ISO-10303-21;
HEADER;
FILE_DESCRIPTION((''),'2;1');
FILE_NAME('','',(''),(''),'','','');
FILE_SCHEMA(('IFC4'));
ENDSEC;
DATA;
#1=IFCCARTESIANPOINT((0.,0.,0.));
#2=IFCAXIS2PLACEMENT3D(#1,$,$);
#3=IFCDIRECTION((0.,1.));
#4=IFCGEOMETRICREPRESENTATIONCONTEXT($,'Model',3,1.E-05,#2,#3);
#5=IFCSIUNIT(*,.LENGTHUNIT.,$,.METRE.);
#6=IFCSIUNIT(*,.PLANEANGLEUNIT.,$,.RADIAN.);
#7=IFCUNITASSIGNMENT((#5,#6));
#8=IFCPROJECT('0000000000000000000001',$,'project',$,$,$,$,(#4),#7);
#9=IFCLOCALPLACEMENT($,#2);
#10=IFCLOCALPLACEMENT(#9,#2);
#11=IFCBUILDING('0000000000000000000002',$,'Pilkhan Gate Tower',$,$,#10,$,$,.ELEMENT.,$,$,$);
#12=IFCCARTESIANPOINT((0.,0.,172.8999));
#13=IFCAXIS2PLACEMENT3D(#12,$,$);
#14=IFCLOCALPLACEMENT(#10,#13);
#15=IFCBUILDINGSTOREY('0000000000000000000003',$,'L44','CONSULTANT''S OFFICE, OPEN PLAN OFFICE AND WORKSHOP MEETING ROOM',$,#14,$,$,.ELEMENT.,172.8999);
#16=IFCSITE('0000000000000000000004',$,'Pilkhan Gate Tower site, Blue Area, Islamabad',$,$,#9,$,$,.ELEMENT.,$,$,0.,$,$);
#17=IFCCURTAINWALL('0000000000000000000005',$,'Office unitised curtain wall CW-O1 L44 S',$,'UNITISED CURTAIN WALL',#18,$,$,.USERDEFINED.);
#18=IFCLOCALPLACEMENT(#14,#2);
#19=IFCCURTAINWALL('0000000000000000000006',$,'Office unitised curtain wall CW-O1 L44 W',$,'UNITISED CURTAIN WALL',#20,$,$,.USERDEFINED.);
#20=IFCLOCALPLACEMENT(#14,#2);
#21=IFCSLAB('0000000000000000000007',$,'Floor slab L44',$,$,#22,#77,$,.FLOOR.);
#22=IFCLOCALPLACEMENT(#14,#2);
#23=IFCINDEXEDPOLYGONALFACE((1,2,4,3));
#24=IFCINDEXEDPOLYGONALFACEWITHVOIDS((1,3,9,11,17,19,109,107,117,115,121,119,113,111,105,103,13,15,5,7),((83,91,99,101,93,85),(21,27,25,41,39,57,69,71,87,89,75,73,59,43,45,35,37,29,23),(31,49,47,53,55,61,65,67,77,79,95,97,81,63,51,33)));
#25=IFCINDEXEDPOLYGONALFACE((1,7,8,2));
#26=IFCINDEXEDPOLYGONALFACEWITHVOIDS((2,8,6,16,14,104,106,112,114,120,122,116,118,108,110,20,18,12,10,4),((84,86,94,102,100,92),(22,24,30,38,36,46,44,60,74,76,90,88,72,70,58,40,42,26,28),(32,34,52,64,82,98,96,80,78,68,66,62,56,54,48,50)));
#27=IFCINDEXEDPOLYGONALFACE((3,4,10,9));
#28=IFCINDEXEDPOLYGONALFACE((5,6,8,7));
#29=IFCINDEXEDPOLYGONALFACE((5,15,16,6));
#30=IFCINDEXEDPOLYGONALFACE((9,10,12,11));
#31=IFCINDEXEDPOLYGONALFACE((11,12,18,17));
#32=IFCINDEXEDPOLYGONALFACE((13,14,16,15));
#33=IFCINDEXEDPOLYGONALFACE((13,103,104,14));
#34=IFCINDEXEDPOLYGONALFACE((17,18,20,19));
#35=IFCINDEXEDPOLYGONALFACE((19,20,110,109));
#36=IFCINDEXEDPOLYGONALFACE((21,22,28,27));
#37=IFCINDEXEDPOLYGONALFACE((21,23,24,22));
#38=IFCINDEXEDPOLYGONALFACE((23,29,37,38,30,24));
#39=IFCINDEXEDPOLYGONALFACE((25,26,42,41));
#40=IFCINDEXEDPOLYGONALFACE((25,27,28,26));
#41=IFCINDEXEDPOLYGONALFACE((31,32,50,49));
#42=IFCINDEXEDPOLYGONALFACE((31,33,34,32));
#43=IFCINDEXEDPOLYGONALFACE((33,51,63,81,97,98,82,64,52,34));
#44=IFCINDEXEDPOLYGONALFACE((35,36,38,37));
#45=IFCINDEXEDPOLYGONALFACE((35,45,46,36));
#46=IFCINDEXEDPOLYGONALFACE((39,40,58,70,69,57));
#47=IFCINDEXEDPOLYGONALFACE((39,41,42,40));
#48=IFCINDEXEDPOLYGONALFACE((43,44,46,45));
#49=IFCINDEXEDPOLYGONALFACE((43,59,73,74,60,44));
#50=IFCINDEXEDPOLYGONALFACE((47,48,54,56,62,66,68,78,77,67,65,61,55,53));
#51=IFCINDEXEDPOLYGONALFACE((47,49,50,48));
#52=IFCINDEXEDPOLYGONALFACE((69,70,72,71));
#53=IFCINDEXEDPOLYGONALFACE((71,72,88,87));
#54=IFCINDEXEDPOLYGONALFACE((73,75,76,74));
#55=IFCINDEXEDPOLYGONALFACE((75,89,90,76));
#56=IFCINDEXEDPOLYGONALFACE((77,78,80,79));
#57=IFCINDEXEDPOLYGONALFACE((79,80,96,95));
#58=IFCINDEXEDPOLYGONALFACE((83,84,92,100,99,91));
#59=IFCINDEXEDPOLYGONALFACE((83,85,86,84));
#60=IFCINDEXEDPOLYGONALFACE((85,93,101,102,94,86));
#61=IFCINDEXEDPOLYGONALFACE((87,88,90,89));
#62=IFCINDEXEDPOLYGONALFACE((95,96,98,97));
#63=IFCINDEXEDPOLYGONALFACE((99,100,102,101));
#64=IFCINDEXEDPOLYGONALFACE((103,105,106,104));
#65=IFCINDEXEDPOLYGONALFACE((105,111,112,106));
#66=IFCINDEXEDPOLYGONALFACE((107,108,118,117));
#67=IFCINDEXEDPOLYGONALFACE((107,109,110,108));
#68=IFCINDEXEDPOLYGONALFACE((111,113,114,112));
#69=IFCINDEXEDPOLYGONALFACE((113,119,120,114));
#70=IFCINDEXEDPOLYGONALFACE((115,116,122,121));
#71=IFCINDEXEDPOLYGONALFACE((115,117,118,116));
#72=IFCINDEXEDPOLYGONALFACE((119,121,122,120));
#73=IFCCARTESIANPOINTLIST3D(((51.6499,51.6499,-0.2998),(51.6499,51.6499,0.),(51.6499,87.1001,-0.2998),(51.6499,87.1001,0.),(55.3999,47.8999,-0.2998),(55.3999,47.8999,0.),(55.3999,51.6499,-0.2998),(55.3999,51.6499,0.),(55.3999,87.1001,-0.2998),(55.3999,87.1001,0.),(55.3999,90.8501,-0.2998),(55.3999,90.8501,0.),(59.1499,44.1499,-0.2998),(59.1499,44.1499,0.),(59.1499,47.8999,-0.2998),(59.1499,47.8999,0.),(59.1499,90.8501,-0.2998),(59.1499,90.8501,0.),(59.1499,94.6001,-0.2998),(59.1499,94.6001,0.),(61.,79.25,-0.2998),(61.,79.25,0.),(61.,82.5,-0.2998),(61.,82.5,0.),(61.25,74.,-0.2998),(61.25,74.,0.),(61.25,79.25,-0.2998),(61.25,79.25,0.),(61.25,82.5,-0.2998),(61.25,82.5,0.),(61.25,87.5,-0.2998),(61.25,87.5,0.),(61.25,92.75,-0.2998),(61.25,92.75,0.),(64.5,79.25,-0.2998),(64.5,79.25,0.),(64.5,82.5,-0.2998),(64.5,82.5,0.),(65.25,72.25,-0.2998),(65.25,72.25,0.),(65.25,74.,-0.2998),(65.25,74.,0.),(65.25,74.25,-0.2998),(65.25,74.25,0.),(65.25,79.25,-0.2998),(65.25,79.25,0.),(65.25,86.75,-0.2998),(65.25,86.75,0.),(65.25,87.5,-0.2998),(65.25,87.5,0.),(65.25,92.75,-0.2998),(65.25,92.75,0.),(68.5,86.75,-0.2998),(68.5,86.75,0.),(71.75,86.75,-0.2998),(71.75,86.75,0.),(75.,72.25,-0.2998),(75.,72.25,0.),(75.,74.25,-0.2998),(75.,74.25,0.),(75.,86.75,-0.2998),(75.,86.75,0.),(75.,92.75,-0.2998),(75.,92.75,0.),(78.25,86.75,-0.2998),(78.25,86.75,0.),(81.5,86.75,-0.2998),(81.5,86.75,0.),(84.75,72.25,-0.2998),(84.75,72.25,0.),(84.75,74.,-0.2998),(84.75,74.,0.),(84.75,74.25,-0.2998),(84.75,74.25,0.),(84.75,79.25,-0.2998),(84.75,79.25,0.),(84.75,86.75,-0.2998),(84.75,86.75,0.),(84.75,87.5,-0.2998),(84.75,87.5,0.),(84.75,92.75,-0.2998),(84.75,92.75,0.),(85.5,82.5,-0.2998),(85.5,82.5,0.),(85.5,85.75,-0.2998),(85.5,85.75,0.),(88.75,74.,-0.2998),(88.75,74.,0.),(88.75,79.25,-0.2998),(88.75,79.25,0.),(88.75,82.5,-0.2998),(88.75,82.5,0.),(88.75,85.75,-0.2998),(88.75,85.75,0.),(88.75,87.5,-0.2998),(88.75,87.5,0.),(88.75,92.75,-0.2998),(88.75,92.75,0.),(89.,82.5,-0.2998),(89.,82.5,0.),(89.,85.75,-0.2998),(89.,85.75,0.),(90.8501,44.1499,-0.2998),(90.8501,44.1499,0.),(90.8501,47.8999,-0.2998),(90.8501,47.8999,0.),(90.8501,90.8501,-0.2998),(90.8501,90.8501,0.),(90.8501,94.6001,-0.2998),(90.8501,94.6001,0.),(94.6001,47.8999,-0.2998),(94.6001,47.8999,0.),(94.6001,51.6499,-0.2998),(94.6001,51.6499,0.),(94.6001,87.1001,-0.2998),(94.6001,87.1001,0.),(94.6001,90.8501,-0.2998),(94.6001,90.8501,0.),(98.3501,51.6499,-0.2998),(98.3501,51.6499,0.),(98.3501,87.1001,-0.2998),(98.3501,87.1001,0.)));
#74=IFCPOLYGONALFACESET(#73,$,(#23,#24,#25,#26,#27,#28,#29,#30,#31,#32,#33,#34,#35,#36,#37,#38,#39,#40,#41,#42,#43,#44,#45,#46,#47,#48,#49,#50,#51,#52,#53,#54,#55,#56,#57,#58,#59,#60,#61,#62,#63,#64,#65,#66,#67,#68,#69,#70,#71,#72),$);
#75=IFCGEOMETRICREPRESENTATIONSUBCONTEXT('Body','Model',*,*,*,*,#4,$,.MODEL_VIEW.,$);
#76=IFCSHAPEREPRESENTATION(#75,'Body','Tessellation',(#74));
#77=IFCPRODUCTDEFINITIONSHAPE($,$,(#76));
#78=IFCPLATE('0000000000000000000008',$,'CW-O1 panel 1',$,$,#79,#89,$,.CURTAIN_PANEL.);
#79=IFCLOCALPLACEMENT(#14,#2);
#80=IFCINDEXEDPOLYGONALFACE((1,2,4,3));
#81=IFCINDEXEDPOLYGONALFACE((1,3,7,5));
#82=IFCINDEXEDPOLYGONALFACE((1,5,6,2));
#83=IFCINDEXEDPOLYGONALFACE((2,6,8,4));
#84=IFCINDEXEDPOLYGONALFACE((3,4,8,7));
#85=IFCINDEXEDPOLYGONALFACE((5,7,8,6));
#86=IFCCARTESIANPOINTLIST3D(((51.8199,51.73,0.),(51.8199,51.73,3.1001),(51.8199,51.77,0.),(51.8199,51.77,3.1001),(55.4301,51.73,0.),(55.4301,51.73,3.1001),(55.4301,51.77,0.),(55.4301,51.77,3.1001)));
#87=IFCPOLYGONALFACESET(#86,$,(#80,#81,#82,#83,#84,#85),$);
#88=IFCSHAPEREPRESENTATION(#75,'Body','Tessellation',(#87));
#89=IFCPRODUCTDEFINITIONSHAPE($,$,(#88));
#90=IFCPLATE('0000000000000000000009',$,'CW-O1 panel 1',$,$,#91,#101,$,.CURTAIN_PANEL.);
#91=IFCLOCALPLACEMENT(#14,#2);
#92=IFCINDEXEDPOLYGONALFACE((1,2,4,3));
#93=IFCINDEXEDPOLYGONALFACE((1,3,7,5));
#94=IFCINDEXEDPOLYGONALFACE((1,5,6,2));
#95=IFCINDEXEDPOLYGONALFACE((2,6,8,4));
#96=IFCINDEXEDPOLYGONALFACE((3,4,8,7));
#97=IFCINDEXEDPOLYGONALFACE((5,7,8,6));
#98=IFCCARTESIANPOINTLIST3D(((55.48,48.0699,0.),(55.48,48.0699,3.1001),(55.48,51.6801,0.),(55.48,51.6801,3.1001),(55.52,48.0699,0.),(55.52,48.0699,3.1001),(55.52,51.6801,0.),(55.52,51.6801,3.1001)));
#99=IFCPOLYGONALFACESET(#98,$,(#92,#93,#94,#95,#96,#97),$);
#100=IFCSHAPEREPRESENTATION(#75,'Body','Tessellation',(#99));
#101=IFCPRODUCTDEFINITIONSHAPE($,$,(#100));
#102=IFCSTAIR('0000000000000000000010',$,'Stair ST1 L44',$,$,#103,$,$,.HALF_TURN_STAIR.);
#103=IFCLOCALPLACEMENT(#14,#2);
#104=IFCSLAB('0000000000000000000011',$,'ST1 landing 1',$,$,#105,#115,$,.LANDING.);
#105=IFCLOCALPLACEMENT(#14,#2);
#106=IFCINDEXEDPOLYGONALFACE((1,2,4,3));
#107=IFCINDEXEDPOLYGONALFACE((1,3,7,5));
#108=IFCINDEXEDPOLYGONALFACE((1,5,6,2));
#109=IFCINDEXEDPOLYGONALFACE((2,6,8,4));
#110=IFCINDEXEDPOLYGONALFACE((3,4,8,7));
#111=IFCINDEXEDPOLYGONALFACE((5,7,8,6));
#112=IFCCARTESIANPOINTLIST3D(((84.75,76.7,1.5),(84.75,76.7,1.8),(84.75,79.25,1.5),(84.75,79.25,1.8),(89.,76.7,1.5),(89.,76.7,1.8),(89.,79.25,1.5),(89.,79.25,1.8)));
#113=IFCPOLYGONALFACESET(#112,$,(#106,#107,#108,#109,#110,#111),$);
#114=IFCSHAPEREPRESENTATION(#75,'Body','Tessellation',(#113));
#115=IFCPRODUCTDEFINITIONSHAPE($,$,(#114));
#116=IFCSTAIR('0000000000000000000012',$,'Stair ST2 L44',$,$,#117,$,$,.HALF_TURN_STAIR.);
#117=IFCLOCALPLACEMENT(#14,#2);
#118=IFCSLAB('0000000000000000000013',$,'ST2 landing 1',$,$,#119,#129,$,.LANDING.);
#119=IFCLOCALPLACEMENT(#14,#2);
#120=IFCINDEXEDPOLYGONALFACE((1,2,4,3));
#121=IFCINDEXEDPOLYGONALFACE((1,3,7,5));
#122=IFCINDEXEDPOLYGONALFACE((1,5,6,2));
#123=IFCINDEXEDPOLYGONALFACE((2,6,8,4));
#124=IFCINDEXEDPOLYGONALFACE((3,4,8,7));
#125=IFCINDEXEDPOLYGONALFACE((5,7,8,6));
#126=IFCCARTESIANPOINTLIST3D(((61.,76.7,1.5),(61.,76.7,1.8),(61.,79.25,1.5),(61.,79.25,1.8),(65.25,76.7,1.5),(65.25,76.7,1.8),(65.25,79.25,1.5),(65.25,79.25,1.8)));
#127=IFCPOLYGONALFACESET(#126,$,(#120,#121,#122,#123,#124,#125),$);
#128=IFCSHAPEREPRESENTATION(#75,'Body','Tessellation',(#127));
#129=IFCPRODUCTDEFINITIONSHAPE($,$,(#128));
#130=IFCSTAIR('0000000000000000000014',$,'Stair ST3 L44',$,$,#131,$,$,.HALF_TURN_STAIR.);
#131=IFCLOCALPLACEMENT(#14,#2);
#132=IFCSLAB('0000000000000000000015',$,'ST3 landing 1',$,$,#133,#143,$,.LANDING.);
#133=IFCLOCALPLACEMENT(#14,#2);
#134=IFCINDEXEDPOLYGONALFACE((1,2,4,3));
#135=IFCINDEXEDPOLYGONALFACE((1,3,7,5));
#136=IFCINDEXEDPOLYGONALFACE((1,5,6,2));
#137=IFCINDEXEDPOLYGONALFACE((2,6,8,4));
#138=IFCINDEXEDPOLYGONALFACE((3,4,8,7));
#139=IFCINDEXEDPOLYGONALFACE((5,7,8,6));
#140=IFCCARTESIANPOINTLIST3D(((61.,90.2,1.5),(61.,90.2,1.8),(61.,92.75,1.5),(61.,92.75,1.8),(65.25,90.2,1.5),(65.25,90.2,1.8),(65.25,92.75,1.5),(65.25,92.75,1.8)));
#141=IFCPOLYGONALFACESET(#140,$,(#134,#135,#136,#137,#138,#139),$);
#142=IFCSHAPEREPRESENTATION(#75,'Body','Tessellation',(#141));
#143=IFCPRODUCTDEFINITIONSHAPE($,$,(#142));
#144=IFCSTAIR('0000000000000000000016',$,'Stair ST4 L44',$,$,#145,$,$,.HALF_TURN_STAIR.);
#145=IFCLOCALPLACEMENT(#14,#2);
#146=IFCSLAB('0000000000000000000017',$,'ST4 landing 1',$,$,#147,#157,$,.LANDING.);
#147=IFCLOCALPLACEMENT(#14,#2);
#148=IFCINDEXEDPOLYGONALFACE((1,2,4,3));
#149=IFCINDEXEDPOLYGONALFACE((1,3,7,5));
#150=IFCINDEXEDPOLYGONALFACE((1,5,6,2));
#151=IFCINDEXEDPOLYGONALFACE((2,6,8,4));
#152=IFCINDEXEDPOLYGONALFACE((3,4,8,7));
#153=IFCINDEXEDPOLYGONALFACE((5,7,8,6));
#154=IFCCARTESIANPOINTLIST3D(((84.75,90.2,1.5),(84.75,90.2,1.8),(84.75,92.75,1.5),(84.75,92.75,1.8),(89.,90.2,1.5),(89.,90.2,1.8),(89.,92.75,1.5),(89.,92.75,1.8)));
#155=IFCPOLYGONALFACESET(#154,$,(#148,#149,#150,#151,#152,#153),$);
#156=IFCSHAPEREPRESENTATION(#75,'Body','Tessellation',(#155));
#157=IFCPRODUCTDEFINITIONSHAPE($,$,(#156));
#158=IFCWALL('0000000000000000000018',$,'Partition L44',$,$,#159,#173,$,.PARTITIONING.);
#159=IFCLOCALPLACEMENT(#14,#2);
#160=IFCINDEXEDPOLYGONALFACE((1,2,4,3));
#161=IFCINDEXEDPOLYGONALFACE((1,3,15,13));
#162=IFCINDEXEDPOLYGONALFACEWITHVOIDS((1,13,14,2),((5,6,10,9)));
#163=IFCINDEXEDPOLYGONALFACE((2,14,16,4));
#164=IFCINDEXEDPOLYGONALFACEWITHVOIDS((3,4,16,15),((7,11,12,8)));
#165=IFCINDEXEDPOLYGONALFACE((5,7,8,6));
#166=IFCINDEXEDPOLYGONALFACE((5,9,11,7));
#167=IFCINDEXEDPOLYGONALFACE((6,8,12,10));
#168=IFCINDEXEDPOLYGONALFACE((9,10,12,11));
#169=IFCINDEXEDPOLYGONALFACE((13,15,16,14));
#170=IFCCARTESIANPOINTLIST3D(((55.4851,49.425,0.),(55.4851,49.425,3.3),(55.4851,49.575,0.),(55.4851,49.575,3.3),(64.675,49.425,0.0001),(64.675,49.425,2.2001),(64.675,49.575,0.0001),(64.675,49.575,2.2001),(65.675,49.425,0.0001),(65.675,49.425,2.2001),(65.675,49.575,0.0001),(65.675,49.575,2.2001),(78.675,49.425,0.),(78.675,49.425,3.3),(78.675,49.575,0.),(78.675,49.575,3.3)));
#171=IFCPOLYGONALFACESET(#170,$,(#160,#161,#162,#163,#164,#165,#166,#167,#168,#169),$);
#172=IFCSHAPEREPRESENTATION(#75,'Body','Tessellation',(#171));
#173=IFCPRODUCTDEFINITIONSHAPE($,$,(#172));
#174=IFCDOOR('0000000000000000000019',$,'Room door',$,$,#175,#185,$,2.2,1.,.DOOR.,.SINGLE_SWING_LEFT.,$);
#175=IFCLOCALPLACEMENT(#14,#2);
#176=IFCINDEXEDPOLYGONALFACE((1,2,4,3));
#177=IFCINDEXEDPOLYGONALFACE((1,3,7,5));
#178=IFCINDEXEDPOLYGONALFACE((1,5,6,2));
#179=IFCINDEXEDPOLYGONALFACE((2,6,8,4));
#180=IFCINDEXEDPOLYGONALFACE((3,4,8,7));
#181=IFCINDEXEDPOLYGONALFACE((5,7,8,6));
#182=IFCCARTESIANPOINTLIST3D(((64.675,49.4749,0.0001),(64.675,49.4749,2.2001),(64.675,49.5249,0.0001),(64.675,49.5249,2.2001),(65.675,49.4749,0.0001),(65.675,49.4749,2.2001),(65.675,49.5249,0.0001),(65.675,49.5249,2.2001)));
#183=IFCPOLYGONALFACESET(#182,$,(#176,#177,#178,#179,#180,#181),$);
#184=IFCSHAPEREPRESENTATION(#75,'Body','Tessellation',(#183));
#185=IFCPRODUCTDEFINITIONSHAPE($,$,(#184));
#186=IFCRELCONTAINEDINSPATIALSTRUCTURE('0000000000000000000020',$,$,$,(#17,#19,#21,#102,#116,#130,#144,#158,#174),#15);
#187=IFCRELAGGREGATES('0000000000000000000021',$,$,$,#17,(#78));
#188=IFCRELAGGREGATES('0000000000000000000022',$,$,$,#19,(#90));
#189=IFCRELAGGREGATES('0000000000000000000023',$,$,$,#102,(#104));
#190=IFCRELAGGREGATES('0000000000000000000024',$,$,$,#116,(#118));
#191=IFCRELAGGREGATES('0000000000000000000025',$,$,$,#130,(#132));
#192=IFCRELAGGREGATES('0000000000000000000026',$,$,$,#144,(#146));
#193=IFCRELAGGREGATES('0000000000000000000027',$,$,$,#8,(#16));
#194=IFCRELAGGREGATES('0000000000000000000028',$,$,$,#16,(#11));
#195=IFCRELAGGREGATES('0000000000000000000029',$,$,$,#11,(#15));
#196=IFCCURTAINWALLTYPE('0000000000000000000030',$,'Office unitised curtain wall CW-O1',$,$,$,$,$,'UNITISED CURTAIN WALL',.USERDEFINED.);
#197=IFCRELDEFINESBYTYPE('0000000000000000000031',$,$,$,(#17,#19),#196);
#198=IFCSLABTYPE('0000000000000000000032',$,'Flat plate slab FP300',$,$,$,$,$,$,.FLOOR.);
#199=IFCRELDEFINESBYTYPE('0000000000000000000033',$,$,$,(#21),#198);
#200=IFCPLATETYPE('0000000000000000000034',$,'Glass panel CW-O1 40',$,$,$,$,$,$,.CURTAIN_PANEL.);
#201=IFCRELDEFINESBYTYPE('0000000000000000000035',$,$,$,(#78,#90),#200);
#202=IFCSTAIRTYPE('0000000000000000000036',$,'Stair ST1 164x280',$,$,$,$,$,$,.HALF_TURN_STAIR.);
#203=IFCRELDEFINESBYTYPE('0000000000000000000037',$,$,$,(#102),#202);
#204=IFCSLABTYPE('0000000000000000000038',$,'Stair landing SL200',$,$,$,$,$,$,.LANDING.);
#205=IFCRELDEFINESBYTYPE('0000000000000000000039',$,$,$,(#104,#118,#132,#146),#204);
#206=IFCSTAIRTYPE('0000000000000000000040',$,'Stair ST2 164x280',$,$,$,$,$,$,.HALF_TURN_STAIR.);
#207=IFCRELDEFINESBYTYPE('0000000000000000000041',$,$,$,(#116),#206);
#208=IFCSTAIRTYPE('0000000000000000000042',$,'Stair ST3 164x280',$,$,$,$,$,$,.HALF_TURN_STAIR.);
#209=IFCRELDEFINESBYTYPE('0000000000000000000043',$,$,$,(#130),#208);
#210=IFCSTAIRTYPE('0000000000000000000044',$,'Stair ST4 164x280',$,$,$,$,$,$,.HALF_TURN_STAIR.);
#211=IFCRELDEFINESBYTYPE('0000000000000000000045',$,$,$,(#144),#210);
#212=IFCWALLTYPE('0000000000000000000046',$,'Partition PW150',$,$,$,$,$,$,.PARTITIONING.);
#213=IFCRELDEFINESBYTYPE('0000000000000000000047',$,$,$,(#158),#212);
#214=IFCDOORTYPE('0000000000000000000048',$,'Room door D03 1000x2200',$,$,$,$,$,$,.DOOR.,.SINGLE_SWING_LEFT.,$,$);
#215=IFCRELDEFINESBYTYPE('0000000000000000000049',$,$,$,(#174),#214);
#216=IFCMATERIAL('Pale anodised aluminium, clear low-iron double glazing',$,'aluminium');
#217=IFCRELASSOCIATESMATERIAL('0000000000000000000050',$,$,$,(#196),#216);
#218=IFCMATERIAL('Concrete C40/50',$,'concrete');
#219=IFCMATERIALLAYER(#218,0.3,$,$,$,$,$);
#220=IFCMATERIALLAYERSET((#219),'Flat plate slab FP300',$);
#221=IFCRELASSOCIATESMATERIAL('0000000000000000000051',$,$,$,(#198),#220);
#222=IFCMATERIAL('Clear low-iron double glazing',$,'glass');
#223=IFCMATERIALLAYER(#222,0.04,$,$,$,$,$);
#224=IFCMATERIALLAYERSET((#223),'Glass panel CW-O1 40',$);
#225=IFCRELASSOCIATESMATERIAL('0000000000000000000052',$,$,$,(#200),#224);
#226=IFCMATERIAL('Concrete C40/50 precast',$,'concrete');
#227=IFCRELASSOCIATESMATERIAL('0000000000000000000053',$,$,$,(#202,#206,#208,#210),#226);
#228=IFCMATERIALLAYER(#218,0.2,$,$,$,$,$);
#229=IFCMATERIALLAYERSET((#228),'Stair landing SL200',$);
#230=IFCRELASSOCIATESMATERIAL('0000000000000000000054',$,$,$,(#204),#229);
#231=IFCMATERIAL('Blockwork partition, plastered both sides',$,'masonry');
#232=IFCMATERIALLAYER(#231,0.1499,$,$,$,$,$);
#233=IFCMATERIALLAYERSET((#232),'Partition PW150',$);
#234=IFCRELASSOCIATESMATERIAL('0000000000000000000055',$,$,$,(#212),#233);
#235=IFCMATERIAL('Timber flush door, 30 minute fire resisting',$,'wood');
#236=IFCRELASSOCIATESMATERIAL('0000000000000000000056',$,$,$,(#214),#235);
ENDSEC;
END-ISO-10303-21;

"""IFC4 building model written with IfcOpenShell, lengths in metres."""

from ifc_helpers import new_model, si_unit, direction, frame, frame_2d, origin, origin_2d, place, context, subcontext, project, spatial, polyline, rectangle, outline, extrude, material, layer, layer_set, type_object, element, fill, aggregate, save


model = new_model("IFC4")

# Units and contexts
model_context = context("Model", 3, precision=1e-05, world=origin(), true_north=direction((0.0, 1.0)))
body_context = subcontext(model_context, "Body", "Model", "MODEL_VIEW")
ifc_project = project(units=[si_unit("LENGTHUNIT", "METRE"), si_unit("PLANEANGLEUNIT", "RADIAN")], contexts=[model_context])

# Site, building, storey
site_placement = place(None, origin())
site = spatial("IfcSite", under=ifc_project, at=site_placement, Name="Pilkhan Gate Tower site, Blue Area, Islamabad", CompositionType="ELEMENT", RefElevation=0.0)
building_placement = place(site_placement, origin())
building = spatial("IfcBuilding", under=site, at=building_placement, Name="Pilkhan Gate Tower", CompositionType="ELEMENT")
storey_placement = place(building_placement, frame((0.0, 0.0, 172.8999)))
storey = spatial("IfcBuildingStorey", under=building, at=storey_placement, Name="L44", Description="CONSULTANT'S OFFICE, OPEN PLAN OFFICE AND WORKSHOP MEETING ROOM", CompositionType="ELEMENT", Elevation=172.8999)

# Curtain walls
ifc_material_1 = material(Name="Pale anodised aluminium, clear low-iron double glazing", Category="aluminium")
curtain_wall_type = type_object("IfcCurtainWallType", Name="Office unitised curtain wall CW-O1", ElementType="UNITISED CURTAIN WALL", PredefinedType="USERDEFINED", material=ifc_material_1)
curtain_wall_1_placement = place(storey_placement, origin())
curtain_wall_1 = element("IfcCurtainWall", 1, at=curtain_wall_1_placement, inside=storey, type_object=curtain_wall_type, Name="Office unitised curtain wall CW-O1 L44 S", ObjectType="UNITISED CURTAIN WALL", PredefinedType="USERDEFINED")
curtain_wall_2_placement = place(storey_placement, origin())
curtain_wall_2 = element("IfcCurtainWall", 2, at=curtain_wall_2_placement, inside=storey, type_object=curtain_wall_type, Name="Office unitised curtain wall CW-O1 L44 W", ObjectType="UNITISED CURTAIN WALL", PredefinedType="USERDEFINED")

# Slab
ifc_material_2 = material(Name="Concrete C40/50", Category="concrete")
ifc_layer_1 = layer(ifc_material_2, 0.3)
ifc_layer_set_1 = layer_set([ifc_layer_1], Name="Flat plate slab FP300")
slab_type_1 = type_object("IfcSlabType", Name="Flat plate slab FP300", PredefinedType="FLOOR", material=ifc_layer_set_1)
slab_1_placement = place(storey_placement, frame((0.0, 0.0, -0.2998)))
element("IfcSlab", 3, at=slab_1_placement, inside=storey, type_object=slab_type_1, Name="Floor slab L44", PredefinedType="FLOOR", context=body_context, shape_type="SweptSolid", body=[
    extrude(outline(polyline([(94.6001, 47.8999), (90.8501, 47.8999), (90.8501, 44.1499), (59.1499, 44.1499), (59.1499, 47.8999), (55.3999, 47.8999), (55.3999, 51.6499), (51.6499, 51.6499), (51.6499, 87.1001), (55.3999, 87.1001), (55.3999, 90.8501), (59.1499, 90.8501), (59.1499, 94.6001), (90.8501, 94.6001), (90.8501, 90.8501), (94.6001, 90.8501), (94.6001, 87.1001), (98.3501, 87.1001), (98.3501, 51.6499), (94.6001, 51.6499), (94.6001, 47.8999)]), holes=[polyline([(75.0, 72.25), (84.75, 72.25), (84.75, 74.0), (88.75, 74.0), (88.75, 79.25), (84.75, 79.25), (84.75, 74.25), (75.0, 74.25), (65.25, 74.25), (65.25, 79.25), (64.5, 79.25), (64.5, 82.5), (61.25, 82.5), (61.0, 82.5), (61.0, 79.25), (61.25, 79.25), (61.25, 74.0), (65.25, 74.0), (65.25, 72.25), (75.0, 72.25)]), polyline([(68.5, 86.75), (71.75, 86.75), (75.0, 86.75), (78.25, 86.75), (81.5, 86.75), (84.75, 86.75), (84.75, 87.5), (88.75, 87.5), (88.75, 92.75), (84.75, 92.75), (75.0, 92.75), (65.25, 92.75), (61.25, 92.75), (61.25, 87.5), (65.25, 87.5), (65.25, 86.75), (68.5, 86.75)]), polyline([(85.5, 85.75), (85.5, 82.5), (88.75, 82.5), (89.0, 82.5), (89.0, 85.75), (88.75, 85.75), (85.5, 85.75)])]), origin(), (0.0, 0.0, 1.0), 0.2998),
])

# Plates
ifc_material_3 = material(Name="Clear low-iron double glazing", Category="glass")
ifc_layer_2 = layer(ifc_material_3, 0.04)
ifc_layer_set_2 = layer_set([ifc_layer_2], Name="Glass panel CW-O1 40")
plate_type = type_object("IfcPlateType", Name="Glass panel CW-O1 40", PredefinedType="CURTAIN_PANEL", material=ifc_layer_set_2)
plate_1_placement = place(storey_placement, frame((53.625, 51.75, 0.0), z_axis=(0.0, 0.0, 1.0), x_axis=(1.0, 0.0, 0.0)))
plate_1 = element("IfcPlate", 4, at=plate_1_placement, type_object=plate_type, Name="CW-O1 panel 1", PredefinedType="CURTAIN_PANEL", context=body_context, shape_type="SweptSolid", body=[
    extrude(rectangle(XDim=3.6101, YDim=0.04, at=origin_2d()), origin(), (0.0, 0.0, 1.0), 3.1001),
])
aggregate(curtain_wall_1, [plate_1])
plate_2_placement = place(storey_placement, frame((55.5, 49.875, 0.0), z_axis=(0.0, 0.0, 1.0), x_axis=(0.0, 1.0, 0.0)))
plate_2 = element("IfcPlate", 5, at=plate_2_placement, type_object=plate_type, Name="CW-O1 panel 1", PredefinedType="CURTAIN_PANEL", context=body_context, shape_type="SweptSolid", body=[
    extrude(rectangle(XDim=3.6101, YDim=0.04, at=origin_2d()), origin(), (0.0, 0.0, 1.0), 3.1001),
])
aggregate(curtain_wall_2, [plate_2])

# Stairs, slabs
ifc_material_4 = material(Name="Concrete C40/50 precast", Category="concrete")
stair_type_1 = type_object("IfcStairType", Name="Stair ST1 164x280", PredefinedType="HALF_TURN_STAIR", material=ifc_material_4)
stair_1_placement = place(storey_placement, origin())
stair_1 = element("IfcStair", 6, at=stair_1_placement, inside=storey, type_object=stair_type_1, Name="Stair ST1 L44", PredefinedType="HALF_TURN_STAIR")
ifc_layer_3 = layer(ifc_material_2, 0.2)
ifc_layer_set_3 = layer_set([ifc_layer_3], Name="Stair landing SL200")
slab_type_2 = type_object("IfcSlabType", Name="Stair landing SL200", PredefinedType="LANDING", material=ifc_layer_set_3)
slab_2_placement = place(storey_placement, frame((0.0, 0.0, 1.5)))
slab_2 = element("IfcSlab", 7, at=slab_2_placement, type_object=slab_type_2, Name="ST1 landing 1", PredefinedType="LANDING", context=body_context, shape_type="SweptSolid", body=[
    extrude(outline(polyline([(89.0, 76.7), (89.0, 79.25), (84.75, 79.25), (84.75, 76.7), (89.0, 76.7)])), origin(), (0.0, 0.0, 1.0), 0.3),
])
aggregate(stair_1, [slab_2])
stair_type_2 = type_object("IfcStairType", Name="Stair ST2 164x280", PredefinedType="HALF_TURN_STAIR", material=ifc_material_4)
stair_2_placement = place(storey_placement, origin())
stair_2 = element("IfcStair", 8, at=stair_2_placement, inside=storey, type_object=stair_type_2, Name="Stair ST2 L44", PredefinedType="HALF_TURN_STAIR")
slab_3_placement = place(storey_placement, frame((0.0, 0.0, 1.5)))
slab_3 = element("IfcSlab", 9, at=slab_3_placement, type_object=slab_type_2, Name="ST2 landing 1", PredefinedType="LANDING", context=body_context, shape_type="SweptSolid", body=[
    extrude(outline(polyline([(65.25, 76.7), (65.25, 79.25), (61.0, 79.25), (61.0, 76.7), (65.25, 76.7)])), origin(), (0.0, 0.0, 1.0), 0.3),
])
aggregate(stair_2, [slab_3])
stair_type_3 = type_object("IfcStairType", Name="Stair ST3 164x280", PredefinedType="HALF_TURN_STAIR", material=ifc_material_4)
stair_3_placement = place(storey_placement, origin())
stair_3 = element("IfcStair", 10, at=stair_3_placement, inside=storey, type_object=stair_type_3, Name="Stair ST3 L44", PredefinedType="HALF_TURN_STAIR")
slab_4_placement = place(storey_placement, frame((0.0, 0.0, 1.5)))
slab_4 = element("IfcSlab", 11, at=slab_4_placement, type_object=slab_type_2, Name="ST3 landing 1", PredefinedType="LANDING", context=body_context, shape_type="SweptSolid", body=[
    extrude(outline(polyline([(65.25, 90.2), (65.25, 92.75), (61.0, 92.75), (61.0, 90.2), (65.25, 90.2)])), origin(), (0.0, 0.0, 1.0), 0.3),
])
aggregate(stair_3, [slab_4])
stair_type_4 = type_object("IfcStairType", Name="Stair ST4 164x280", PredefinedType="HALF_TURN_STAIR", material=ifc_material_4)
stair_4_placement = place(storey_placement, origin())
stair_4 = element("IfcStair", 12, at=stair_4_placement, inside=storey, type_object=stair_type_4, Name="Stair ST4 L44", PredefinedType="HALF_TURN_STAIR")
slab_5_placement = place(storey_placement, frame((0.0, 0.0, 1.5)))
slab_5 = element("IfcSlab", 13, at=slab_5_placement, type_object=slab_type_2, Name="ST4 landing 1", PredefinedType="LANDING", context=body_context, shape_type="SweptSolid", body=[
    extrude(outline(polyline([(89.0, 90.2), (89.0, 92.75), (84.75, 92.75), (84.75, 90.2), (89.0, 90.2)])), origin(), (0.0, 0.0, 1.0), 0.3),
])
aggregate(stair_4, [slab_5])

# Wall, opening, door
ifc_material_5 = material(Name="Blockwork partition, plastered both sides", Category="masonry")
ifc_layer_4 = layer(ifc_material_5, 0.1499)
ifc_layer_set_4 = layer_set([ifc_layer_4], Name="Partition PW150")
wall_type = type_object("IfcWallType", Name="Partition PW150", PredefinedType="PARTITIONING", material=ifc_layer_set_4)
wall_1_placement = place(storey_placement, frame((55.4851, 49.5, 0.0), z_axis=(0.0, 0.0, 1.0), x_axis=(1.0, 0.0, 0.0)))
wall_1 = element("IfcWall", 14, at=wall_1_placement, inside=storey, type_object=wall_type, Name="Partition L44", PredefinedType="PARTITIONING", context=body_context, shape_type="SweptSolid", body=[
    extrude(rectangle(XDim=23.1899, YDim=0.1499, at=frame_2d((11.595, 0.0))), origin(), (0.0, 0.0, 1.0), 3.3),
])
opening_placement = place(wall_1_placement, frame((9.1899, 0.0, 0.0)))
opening = element("IfcOpeningElement", 15, at=opening_placement, cuts=wall_1, PredefinedType="OPENING", context=body_context, shape_type="SweptSolid", body=[
    extrude(rectangle(XDim=1.0, YDim=2.2, at=frame_2d((0.5, 1.1001))), frame((0.0, 0.085, 0.0), z_axis=(0.0, -1.0, 0.0), x_axis=(1.0, 0.0, 0.0)), (0.0, 0.0, 1.0), 0.1699),
])
ifc_material_6 = material(Name="Timber flush door, 30 minute fire resisting", Category="wood")
door_type = type_object("IfcDoorType", Name="Room door D03 1000x2200", OperationType="SINGLE_SWING_LEFT", PredefinedType="DOOR", material=ifc_material_6)
door_placement = place(opening_placement, origin())
door = element("IfcDoor", 16, at=door_placement, inside=storey, type_object=door_type, Name="Room door", OperationType="SINGLE_SWING_LEFT", OverallHeight=2.2, OverallWidth=1.0, PredefinedType="DOOR", context=body_context, shape_type="SweptSolid", body=[
    extrude(rectangle(XDim=1.0, YDim=2.2, at=frame_2d((0.5, 1.1001))), frame((0.0, 0.0249, 0.0), z_axis=(0.0, -1.0, 0.0), x_axis=(1.0, 0.0, 0.0)), (0.0, 0.0, 1.0), 0.05),
])
fill(opening, door)

save(model, "model.ifc")
